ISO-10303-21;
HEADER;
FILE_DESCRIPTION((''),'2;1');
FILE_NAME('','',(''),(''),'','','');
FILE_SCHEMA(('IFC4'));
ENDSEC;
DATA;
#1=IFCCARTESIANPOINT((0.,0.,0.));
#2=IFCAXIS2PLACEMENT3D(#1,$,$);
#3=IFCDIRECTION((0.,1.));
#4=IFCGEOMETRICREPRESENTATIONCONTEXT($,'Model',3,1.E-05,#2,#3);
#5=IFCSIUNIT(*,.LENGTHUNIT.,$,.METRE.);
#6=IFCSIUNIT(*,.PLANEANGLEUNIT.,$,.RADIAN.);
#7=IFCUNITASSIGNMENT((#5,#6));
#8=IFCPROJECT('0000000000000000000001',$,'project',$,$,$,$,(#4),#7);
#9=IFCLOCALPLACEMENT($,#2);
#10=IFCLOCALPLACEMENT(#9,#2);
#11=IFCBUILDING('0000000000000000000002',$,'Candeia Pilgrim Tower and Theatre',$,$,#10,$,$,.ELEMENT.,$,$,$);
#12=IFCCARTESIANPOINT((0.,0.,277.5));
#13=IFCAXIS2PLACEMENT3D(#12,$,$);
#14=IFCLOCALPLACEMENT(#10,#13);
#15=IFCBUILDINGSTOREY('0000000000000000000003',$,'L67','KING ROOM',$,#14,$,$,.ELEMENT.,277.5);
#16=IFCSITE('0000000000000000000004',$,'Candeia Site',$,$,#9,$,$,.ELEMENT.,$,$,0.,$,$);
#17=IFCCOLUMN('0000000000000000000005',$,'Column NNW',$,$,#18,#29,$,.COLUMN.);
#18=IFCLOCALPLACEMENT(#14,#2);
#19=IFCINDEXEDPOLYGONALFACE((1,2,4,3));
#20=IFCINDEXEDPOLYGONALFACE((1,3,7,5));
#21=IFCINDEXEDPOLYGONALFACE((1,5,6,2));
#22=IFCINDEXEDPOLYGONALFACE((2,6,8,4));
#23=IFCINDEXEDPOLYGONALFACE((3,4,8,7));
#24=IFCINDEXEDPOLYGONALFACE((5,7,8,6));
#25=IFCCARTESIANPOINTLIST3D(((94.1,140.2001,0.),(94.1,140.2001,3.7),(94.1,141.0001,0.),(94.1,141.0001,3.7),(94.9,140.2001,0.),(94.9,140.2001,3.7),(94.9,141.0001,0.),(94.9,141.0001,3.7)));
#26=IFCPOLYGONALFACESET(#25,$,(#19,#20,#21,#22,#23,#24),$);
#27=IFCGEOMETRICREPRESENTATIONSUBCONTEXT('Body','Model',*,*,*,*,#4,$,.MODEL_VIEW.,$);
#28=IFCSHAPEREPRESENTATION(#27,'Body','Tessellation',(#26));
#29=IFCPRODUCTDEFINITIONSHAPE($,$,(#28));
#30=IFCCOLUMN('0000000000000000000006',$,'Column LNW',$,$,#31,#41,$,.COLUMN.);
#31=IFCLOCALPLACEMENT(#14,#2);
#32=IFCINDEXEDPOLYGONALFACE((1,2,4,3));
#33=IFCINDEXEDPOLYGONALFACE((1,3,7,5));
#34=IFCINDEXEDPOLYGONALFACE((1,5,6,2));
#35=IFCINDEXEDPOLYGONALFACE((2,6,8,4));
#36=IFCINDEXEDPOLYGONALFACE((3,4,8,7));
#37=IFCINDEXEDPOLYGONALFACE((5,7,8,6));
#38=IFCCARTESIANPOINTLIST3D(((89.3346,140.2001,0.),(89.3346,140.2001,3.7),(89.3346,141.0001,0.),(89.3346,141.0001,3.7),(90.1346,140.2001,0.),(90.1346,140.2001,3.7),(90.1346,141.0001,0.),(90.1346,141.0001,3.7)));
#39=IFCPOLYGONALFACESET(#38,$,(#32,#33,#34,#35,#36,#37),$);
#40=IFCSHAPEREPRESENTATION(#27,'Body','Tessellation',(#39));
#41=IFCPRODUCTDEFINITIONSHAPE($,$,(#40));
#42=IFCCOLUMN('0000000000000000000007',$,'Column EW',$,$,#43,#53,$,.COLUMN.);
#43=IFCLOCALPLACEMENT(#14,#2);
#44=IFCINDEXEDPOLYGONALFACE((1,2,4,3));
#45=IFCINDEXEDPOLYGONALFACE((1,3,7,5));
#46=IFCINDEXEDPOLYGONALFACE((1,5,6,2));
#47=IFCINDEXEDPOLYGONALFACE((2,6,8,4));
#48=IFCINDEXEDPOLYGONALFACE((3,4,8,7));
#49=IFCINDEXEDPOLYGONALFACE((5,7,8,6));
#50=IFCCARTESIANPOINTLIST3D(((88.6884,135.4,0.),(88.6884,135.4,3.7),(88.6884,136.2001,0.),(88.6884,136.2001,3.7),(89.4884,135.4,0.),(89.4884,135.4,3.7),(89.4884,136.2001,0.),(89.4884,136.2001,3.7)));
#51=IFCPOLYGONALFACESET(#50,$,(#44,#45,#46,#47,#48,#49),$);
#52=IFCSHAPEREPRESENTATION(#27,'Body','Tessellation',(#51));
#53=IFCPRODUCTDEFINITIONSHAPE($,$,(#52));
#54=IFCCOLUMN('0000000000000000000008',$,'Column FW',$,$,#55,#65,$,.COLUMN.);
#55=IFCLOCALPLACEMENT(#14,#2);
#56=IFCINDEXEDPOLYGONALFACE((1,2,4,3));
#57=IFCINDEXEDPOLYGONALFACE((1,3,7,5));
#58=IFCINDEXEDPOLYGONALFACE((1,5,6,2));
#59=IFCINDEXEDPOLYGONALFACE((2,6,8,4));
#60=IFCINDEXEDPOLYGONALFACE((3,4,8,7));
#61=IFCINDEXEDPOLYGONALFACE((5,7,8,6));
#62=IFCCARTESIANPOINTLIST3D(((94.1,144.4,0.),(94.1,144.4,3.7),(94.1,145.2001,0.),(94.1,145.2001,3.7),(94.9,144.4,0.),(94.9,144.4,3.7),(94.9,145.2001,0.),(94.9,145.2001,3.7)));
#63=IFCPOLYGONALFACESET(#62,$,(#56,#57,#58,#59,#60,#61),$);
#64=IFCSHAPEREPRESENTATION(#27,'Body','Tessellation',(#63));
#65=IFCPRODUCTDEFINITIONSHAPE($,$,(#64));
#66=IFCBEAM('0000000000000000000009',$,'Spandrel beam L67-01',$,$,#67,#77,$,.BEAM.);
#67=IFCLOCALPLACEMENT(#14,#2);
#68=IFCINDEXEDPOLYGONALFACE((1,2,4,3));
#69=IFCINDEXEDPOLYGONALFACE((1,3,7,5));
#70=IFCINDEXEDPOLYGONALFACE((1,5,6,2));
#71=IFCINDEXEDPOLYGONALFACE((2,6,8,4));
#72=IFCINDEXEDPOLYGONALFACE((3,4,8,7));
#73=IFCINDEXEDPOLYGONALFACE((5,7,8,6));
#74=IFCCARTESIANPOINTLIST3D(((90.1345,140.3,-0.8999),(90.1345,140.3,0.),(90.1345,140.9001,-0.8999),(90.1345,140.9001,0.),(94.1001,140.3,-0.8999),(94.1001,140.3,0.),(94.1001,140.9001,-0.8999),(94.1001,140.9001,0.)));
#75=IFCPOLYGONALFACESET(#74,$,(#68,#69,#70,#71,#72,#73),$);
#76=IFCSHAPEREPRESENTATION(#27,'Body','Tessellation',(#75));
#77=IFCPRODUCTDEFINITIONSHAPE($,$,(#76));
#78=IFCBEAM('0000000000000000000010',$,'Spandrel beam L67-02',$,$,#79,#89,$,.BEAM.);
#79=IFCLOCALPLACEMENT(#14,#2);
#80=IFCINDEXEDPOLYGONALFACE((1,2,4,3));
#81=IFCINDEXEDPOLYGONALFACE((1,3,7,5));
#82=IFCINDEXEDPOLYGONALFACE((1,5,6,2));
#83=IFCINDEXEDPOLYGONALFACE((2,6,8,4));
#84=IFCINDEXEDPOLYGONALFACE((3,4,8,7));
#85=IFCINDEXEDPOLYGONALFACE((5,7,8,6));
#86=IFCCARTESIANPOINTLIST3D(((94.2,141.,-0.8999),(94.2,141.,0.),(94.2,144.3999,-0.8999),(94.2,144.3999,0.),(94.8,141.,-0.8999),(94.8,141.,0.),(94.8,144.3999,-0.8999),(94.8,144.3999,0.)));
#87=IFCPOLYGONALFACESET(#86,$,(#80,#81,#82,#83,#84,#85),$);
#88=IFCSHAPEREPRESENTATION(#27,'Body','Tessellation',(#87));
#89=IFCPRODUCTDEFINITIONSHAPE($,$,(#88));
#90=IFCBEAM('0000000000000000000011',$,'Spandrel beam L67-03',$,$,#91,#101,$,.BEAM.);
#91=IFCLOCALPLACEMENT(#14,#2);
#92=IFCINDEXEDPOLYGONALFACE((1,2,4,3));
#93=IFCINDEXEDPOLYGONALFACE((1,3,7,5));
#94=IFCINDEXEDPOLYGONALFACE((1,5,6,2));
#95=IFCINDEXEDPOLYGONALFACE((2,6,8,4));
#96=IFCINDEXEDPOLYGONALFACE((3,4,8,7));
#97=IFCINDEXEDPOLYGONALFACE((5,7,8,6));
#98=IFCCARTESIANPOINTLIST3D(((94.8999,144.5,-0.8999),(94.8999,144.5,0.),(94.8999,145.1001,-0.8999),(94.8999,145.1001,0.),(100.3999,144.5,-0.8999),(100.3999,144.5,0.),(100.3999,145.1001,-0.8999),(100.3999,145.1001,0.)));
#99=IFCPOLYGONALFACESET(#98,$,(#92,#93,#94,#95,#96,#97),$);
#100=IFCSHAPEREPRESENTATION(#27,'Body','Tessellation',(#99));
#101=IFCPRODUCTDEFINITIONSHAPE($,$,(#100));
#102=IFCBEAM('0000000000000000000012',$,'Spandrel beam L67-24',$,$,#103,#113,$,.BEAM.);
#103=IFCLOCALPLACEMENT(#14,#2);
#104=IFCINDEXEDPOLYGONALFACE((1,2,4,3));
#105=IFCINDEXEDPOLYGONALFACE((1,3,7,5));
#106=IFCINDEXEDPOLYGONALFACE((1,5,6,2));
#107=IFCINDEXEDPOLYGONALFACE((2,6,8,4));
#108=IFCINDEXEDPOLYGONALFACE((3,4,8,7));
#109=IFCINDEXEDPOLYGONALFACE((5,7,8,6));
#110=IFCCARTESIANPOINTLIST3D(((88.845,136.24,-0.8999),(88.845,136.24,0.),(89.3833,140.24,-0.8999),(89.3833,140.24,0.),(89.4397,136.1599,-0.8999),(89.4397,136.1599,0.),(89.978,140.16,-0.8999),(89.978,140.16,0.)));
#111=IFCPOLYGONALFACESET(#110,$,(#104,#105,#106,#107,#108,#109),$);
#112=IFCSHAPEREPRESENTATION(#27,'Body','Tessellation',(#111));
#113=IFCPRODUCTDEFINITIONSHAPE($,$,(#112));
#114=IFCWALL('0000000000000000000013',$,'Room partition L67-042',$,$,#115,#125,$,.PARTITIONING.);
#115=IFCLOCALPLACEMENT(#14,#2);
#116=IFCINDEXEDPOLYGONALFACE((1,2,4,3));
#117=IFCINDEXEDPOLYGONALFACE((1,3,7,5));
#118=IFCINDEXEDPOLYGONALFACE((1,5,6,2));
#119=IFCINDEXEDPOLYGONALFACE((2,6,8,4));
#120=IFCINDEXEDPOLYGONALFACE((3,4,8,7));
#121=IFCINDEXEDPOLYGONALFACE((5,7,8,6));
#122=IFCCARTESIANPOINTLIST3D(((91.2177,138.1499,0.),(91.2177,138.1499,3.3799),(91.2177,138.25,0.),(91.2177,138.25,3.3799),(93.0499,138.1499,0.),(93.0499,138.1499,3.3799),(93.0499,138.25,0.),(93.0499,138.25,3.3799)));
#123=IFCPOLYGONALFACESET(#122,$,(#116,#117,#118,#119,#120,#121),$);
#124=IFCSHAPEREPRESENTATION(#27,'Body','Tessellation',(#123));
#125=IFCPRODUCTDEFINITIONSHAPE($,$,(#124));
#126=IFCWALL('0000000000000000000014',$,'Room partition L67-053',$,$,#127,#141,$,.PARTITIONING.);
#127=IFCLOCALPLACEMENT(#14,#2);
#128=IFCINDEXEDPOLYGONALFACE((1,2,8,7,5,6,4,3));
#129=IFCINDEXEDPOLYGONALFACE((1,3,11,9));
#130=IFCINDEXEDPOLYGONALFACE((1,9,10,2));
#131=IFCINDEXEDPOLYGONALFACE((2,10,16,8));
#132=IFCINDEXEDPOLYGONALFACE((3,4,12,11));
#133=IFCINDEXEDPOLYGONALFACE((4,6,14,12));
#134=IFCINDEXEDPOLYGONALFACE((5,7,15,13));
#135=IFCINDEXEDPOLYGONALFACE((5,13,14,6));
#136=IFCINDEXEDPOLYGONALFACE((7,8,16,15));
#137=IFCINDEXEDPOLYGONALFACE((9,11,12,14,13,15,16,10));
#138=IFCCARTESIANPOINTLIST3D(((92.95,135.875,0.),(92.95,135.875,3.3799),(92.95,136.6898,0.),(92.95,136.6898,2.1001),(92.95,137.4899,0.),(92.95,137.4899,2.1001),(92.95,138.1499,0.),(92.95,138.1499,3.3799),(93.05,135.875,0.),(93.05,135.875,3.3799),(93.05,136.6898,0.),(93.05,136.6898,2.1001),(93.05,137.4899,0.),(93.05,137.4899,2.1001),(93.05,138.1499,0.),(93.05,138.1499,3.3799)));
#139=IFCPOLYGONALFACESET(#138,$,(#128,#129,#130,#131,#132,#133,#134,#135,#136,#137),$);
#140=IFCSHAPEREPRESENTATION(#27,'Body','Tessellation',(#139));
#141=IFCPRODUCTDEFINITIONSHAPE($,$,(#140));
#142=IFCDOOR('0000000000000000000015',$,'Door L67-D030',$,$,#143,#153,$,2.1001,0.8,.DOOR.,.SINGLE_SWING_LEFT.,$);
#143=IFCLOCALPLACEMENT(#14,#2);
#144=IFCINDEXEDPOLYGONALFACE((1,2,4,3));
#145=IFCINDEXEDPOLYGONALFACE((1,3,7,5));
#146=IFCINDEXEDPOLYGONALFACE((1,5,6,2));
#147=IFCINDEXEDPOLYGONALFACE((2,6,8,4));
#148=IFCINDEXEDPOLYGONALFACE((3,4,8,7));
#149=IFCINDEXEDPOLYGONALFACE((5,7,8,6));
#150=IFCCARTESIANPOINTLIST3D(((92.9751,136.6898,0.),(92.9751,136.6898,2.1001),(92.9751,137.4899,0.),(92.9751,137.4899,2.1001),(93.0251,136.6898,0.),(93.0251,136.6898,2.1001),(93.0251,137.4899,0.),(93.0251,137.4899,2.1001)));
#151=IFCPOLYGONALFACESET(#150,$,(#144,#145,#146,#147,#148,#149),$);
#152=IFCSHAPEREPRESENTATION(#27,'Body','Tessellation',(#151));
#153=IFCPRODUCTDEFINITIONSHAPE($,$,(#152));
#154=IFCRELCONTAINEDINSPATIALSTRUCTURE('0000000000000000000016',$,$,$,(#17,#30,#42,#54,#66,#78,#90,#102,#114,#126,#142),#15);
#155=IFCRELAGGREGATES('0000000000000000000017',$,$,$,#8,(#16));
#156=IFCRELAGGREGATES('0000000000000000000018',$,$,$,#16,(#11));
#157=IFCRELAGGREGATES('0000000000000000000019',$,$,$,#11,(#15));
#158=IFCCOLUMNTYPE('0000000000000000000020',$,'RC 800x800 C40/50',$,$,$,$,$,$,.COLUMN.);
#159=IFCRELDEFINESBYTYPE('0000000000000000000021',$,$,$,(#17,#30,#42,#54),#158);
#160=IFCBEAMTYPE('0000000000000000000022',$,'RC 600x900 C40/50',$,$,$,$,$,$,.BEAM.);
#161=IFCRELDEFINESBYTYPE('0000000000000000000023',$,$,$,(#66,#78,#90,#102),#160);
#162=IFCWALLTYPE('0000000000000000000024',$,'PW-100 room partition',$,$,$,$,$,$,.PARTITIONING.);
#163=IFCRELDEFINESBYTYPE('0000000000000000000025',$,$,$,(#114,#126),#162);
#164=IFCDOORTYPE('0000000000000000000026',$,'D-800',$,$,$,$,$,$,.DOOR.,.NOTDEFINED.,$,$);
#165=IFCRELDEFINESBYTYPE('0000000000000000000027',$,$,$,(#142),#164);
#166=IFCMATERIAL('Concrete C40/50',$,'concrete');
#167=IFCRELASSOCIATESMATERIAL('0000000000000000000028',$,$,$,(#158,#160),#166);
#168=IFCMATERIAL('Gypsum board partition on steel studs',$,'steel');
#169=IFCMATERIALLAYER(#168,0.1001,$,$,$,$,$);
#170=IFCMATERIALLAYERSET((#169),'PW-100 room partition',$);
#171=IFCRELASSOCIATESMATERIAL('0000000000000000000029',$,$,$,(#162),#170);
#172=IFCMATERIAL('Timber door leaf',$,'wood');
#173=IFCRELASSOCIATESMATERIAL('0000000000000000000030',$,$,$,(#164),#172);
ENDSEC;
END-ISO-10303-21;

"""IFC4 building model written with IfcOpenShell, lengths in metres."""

from ifc_helpers import new_model, si_unit, direction, frame, frame_2d, origin, origin_2d, place, context, subcontext, project, spatial, rectangle, extrude, material, layer, layer_set, material_profile, profile_set, type_object, element, fill, save


model = new_model("IFC4")

# Units and contexts
model_context = context("Model", 3, precision=1e-05, world=origin(), true_north=direction((0.0, 1.0)))
body_context = subcontext(model_context, "Body", "Model", "MODEL_VIEW")
ifc_project = project(units=[si_unit("LENGTHUNIT", "METRE"), si_unit("PLANEANGLEUNIT", "RADIAN")], contexts=[model_context])

# Site, building, storey
site_placement = place(None, origin())
site = spatial("IfcSite", under=ifc_project, at=site_placement, Name="Candeia Site", CompositionType="ELEMENT", RefElevation=0.0)
building_placement = place(site_placement, origin())
building = spatial("IfcBuilding", under=site, at=building_placement, Name="Candeia Pilgrim Tower and Theatre", CompositionType="ELEMENT")
storey_placement = place(building_placement, frame((0.0, 0.0, 277.5)))
storey = spatial("IfcBuildingStorey", under=building, at=storey_placement, Name="L67", Description="KING ROOM", CompositionType="ELEMENT", Elevation=277.5)

# Columns
ifc_material_1 = material(Name="Concrete C40/50", Category="concrete")
ifc_material_profile_1 = material_profile(ifc_material_1, rectangle(XDim=0.8, YDim=0.8, at=origin_2d()))
ifc_profile_set_1 = profile_set([ifc_material_profile_1], Name="Concrete C40/50")
column_type = type_object("IfcColumnType", Name="RC 800x800 C40/50", PredefinedType="COLUMN", material=ifc_profile_set_1)
for number, where, z_axis, x_axis, name in (
    (1, (94.5, 140.6001, 0.0), (0.0, 0.0, 1.0), (1.0, 0.0, 0.0), "Column NNW"),
    (2, (89.7346, 140.6001, 0.0), (0.0, 0.0, 1.0), (1.0, 0.0, 0.0), "Column LNW"),
    (3, (89.0884, 135.8, 0.0), (0.0, 0.0, 1.0), (1.0, 0.0, 0.0), "Column EW"),
    (4, (94.5, 144.8, 0.0), (0.0, 0.0, 1.0), (1.0, 0.0, 0.0), "Column FW"),
):
    element("IfcColumn", number, at=place(storey_placement, frame(where, z_axis=z_axis, x_axis=x_axis)), inside=storey, type_object=column_type, Name=name, PredefinedType="COLUMN", context=body_context, shape_type="SweptSolid", body=[
        extrude(rectangle(XDim=0.8, YDim=0.8, at=origin_2d()), origin(), (0.0, 0.0, 1.0), 3.7),
    ])

# Beams
ifc_material_profile_2 = material_profile(ifc_material_1, rectangle(XDim=0.6001, YDim=0.8999, at=origin_2d()))
ifc_profile_set_2 = profile_set([ifc_material_profile_2], Name="Concrete C40/50")
beam_type = type_object("IfcBeamType", Name="RC 600x900 C40/50", PredefinedType="BEAM", material=ifc_profile_set_2)
beam_1_placement = place(storey_placement, frame((90.1345, 140.6001, -0.45), z_axis=(1.0, 0.0, 0.0), x_axis=(0.0, 1.0, 0.0)))
element("IfcBeam", 5, at=beam_1_placement, inside=storey, type_object=beam_type, Name="Spandrel beam L67-01", PredefinedType="BEAM", context=body_context, shape_type="SweptSolid", body=[
    extrude(rectangle(XDim=0.6001, YDim=0.8999, at=origin_2d()), origin(), (0.0, 0.0, 1.0), 3.9656),
])
beam_2_placement = place(storey_placement, frame((94.5, 141.0, -0.45), z_axis=(0.0, 1.0, 0.0), x_axis=(-1.0, 0.0, 0.0)))
element("IfcBeam", 6, at=beam_2_placement, inside=storey, type_object=beam_type, Name="Spandrel beam L67-02", PredefinedType="BEAM", context=body_context, shape_type="SweptSolid", body=[
    extrude(rectangle(XDim=0.6001, YDim=0.8999, at=origin_2d()), origin(), (0.0, 0.0, 1.0), 3.3999),
])
beam_3_placement = place(storey_placement, frame((94.8999, 144.8, -0.45), z_axis=(1.0, 0.0, 0.0), x_axis=(0.0, 1.0, 0.0)))
element("IfcBeam", 7, at=beam_3_placement, inside=storey, type_object=beam_type, Name="Spandrel beam L67-03", PredefinedType="BEAM", context=body_context, shape_type="SweptSolid", body=[
    extrude(rectangle(XDim=0.6001, YDim=0.8999, at=origin_2d()), origin(), (0.0, 0.0, 1.0), 5.5),
])
beam_4_placement = place(storey_placement, frame((89.1423, 136.2, -0.45), z_axis=(0.13338, 0.991065, 0.0), x_axis=(-0.991065, 0.13338, 0.0)))
element("IfcBeam", 8, at=beam_4_placement, inside=storey, type_object=beam_type, Name="Spandrel beam L67-24", PredefinedType="BEAM", context=body_context, shape_type="SweptSolid", body=[
    extrude(rectangle(XDim=0.6001, YDim=0.8999, at=origin_2d()), origin(), (0.0, 0.0, 1.0), 4.0361),
])

# Wall
ifc_material_2 = material(Name="Gypsum board partition on steel studs", Category="steel")
ifc_layer_1 = layer(ifc_material_2, 0.1001)
ifc_layer_set_1 = layer_set([ifc_layer_1], Name="PW-100 room partition")
wall_type_1 = type_object("IfcWallType", Name="PW-100 room partition", PredefinedType="PARTITIONING", material=ifc_layer_set_1)
wall_1_placement = place(storey_placement, frame((91.2178, 138.2, 0.0), z_axis=(0.0, 0.0, 1.0), x_axis=(1.0, 0.0, 0.0)))
element("IfcWall", 9, at=wall_1_placement, inside=storey, type_object=wall_type_1, Name="Room partition L67-042", PredefinedType="PARTITIONING", context=body_context, shape_type="SweptSolid", body=[
    extrude(rectangle(XDim=1.8323, YDim=0.1001, at=frame_2d((0.916, 0.0))), origin(), (0.0, 0.0, 1.0), 3.3799),
])

# Wall, opening, door
wall_2_placement = place(storey_placement, frame((93.0, 135.875, 0.0), z_axis=(0.0, 0.0, 1.0), x_axis=(0.0, 1.0, 0.0)))
wall_2 = element("IfcWall", 10, at=wall_2_placement, inside=storey, type_object=wall_type_1, Name="Room partition L67-053", PredefinedType="PARTITIONING", context=body_context, shape_type="SweptSolid", body=[
    extrude(rectangle(XDim=2.2749, YDim=0.1001, at=frame_2d((1.1375, 0.0))), origin(), (0.0, 0.0, 1.0), 3.3799),
])
opening_1_placement = place(wall_2_placement, frame((0.8149, 0.0, 0.0)))
opening_1 = element("IfcOpeningElement", 11, at=opening_1_placement, cuts=wall_2, PredefinedType="OPENING", context=body_context, shape_type="SweptSolid", body=[
    extrude(rectangle(XDim=0.8, YDim=2.1001, at=frame_2d((0.3999, 1.05))), frame((0.0, 0.0601, 0.0), z_axis=(0.0, -1.0, 0.0), x_axis=(1.0, 0.0, 0.0)), (0.0, 0.0, 1.0), 0.1201),
])
ifc_material_3 = material(Name="Timber door leaf", Category="wood")
door_type_1 = type_object("IfcDoorType", Name="D-800", OperationType="NOTDEFINED", PredefinedType="DOOR", material=ifc_material_3)
door_1_placement = place(opening_1_placement, origin())
door_1 = element("IfcDoor", 12, at=door_1_placement, inside=storey, type_object=door_type_1, Name="Door L67-D030", OperationType="SINGLE_SWING_LEFT", OverallHeight=2.1001, OverallWidth=0.8, PredefinedType="DOOR", context=body_context, shape_type="SweptSolid", body=[
    extrude(rectangle(XDim=0.8, YDim=2.1001, at=frame_2d((0.3999, 1.05))), frame((0.0, 0.0249, 0.0), z_axis=(0.0, -1.0, 0.0), x_axis=(1.0, 0.0, 0.0)), (0.0, 0.0, 1.0), 0.05),
])
fill(opening_1, door_1)

save(model, "model.ifc")
